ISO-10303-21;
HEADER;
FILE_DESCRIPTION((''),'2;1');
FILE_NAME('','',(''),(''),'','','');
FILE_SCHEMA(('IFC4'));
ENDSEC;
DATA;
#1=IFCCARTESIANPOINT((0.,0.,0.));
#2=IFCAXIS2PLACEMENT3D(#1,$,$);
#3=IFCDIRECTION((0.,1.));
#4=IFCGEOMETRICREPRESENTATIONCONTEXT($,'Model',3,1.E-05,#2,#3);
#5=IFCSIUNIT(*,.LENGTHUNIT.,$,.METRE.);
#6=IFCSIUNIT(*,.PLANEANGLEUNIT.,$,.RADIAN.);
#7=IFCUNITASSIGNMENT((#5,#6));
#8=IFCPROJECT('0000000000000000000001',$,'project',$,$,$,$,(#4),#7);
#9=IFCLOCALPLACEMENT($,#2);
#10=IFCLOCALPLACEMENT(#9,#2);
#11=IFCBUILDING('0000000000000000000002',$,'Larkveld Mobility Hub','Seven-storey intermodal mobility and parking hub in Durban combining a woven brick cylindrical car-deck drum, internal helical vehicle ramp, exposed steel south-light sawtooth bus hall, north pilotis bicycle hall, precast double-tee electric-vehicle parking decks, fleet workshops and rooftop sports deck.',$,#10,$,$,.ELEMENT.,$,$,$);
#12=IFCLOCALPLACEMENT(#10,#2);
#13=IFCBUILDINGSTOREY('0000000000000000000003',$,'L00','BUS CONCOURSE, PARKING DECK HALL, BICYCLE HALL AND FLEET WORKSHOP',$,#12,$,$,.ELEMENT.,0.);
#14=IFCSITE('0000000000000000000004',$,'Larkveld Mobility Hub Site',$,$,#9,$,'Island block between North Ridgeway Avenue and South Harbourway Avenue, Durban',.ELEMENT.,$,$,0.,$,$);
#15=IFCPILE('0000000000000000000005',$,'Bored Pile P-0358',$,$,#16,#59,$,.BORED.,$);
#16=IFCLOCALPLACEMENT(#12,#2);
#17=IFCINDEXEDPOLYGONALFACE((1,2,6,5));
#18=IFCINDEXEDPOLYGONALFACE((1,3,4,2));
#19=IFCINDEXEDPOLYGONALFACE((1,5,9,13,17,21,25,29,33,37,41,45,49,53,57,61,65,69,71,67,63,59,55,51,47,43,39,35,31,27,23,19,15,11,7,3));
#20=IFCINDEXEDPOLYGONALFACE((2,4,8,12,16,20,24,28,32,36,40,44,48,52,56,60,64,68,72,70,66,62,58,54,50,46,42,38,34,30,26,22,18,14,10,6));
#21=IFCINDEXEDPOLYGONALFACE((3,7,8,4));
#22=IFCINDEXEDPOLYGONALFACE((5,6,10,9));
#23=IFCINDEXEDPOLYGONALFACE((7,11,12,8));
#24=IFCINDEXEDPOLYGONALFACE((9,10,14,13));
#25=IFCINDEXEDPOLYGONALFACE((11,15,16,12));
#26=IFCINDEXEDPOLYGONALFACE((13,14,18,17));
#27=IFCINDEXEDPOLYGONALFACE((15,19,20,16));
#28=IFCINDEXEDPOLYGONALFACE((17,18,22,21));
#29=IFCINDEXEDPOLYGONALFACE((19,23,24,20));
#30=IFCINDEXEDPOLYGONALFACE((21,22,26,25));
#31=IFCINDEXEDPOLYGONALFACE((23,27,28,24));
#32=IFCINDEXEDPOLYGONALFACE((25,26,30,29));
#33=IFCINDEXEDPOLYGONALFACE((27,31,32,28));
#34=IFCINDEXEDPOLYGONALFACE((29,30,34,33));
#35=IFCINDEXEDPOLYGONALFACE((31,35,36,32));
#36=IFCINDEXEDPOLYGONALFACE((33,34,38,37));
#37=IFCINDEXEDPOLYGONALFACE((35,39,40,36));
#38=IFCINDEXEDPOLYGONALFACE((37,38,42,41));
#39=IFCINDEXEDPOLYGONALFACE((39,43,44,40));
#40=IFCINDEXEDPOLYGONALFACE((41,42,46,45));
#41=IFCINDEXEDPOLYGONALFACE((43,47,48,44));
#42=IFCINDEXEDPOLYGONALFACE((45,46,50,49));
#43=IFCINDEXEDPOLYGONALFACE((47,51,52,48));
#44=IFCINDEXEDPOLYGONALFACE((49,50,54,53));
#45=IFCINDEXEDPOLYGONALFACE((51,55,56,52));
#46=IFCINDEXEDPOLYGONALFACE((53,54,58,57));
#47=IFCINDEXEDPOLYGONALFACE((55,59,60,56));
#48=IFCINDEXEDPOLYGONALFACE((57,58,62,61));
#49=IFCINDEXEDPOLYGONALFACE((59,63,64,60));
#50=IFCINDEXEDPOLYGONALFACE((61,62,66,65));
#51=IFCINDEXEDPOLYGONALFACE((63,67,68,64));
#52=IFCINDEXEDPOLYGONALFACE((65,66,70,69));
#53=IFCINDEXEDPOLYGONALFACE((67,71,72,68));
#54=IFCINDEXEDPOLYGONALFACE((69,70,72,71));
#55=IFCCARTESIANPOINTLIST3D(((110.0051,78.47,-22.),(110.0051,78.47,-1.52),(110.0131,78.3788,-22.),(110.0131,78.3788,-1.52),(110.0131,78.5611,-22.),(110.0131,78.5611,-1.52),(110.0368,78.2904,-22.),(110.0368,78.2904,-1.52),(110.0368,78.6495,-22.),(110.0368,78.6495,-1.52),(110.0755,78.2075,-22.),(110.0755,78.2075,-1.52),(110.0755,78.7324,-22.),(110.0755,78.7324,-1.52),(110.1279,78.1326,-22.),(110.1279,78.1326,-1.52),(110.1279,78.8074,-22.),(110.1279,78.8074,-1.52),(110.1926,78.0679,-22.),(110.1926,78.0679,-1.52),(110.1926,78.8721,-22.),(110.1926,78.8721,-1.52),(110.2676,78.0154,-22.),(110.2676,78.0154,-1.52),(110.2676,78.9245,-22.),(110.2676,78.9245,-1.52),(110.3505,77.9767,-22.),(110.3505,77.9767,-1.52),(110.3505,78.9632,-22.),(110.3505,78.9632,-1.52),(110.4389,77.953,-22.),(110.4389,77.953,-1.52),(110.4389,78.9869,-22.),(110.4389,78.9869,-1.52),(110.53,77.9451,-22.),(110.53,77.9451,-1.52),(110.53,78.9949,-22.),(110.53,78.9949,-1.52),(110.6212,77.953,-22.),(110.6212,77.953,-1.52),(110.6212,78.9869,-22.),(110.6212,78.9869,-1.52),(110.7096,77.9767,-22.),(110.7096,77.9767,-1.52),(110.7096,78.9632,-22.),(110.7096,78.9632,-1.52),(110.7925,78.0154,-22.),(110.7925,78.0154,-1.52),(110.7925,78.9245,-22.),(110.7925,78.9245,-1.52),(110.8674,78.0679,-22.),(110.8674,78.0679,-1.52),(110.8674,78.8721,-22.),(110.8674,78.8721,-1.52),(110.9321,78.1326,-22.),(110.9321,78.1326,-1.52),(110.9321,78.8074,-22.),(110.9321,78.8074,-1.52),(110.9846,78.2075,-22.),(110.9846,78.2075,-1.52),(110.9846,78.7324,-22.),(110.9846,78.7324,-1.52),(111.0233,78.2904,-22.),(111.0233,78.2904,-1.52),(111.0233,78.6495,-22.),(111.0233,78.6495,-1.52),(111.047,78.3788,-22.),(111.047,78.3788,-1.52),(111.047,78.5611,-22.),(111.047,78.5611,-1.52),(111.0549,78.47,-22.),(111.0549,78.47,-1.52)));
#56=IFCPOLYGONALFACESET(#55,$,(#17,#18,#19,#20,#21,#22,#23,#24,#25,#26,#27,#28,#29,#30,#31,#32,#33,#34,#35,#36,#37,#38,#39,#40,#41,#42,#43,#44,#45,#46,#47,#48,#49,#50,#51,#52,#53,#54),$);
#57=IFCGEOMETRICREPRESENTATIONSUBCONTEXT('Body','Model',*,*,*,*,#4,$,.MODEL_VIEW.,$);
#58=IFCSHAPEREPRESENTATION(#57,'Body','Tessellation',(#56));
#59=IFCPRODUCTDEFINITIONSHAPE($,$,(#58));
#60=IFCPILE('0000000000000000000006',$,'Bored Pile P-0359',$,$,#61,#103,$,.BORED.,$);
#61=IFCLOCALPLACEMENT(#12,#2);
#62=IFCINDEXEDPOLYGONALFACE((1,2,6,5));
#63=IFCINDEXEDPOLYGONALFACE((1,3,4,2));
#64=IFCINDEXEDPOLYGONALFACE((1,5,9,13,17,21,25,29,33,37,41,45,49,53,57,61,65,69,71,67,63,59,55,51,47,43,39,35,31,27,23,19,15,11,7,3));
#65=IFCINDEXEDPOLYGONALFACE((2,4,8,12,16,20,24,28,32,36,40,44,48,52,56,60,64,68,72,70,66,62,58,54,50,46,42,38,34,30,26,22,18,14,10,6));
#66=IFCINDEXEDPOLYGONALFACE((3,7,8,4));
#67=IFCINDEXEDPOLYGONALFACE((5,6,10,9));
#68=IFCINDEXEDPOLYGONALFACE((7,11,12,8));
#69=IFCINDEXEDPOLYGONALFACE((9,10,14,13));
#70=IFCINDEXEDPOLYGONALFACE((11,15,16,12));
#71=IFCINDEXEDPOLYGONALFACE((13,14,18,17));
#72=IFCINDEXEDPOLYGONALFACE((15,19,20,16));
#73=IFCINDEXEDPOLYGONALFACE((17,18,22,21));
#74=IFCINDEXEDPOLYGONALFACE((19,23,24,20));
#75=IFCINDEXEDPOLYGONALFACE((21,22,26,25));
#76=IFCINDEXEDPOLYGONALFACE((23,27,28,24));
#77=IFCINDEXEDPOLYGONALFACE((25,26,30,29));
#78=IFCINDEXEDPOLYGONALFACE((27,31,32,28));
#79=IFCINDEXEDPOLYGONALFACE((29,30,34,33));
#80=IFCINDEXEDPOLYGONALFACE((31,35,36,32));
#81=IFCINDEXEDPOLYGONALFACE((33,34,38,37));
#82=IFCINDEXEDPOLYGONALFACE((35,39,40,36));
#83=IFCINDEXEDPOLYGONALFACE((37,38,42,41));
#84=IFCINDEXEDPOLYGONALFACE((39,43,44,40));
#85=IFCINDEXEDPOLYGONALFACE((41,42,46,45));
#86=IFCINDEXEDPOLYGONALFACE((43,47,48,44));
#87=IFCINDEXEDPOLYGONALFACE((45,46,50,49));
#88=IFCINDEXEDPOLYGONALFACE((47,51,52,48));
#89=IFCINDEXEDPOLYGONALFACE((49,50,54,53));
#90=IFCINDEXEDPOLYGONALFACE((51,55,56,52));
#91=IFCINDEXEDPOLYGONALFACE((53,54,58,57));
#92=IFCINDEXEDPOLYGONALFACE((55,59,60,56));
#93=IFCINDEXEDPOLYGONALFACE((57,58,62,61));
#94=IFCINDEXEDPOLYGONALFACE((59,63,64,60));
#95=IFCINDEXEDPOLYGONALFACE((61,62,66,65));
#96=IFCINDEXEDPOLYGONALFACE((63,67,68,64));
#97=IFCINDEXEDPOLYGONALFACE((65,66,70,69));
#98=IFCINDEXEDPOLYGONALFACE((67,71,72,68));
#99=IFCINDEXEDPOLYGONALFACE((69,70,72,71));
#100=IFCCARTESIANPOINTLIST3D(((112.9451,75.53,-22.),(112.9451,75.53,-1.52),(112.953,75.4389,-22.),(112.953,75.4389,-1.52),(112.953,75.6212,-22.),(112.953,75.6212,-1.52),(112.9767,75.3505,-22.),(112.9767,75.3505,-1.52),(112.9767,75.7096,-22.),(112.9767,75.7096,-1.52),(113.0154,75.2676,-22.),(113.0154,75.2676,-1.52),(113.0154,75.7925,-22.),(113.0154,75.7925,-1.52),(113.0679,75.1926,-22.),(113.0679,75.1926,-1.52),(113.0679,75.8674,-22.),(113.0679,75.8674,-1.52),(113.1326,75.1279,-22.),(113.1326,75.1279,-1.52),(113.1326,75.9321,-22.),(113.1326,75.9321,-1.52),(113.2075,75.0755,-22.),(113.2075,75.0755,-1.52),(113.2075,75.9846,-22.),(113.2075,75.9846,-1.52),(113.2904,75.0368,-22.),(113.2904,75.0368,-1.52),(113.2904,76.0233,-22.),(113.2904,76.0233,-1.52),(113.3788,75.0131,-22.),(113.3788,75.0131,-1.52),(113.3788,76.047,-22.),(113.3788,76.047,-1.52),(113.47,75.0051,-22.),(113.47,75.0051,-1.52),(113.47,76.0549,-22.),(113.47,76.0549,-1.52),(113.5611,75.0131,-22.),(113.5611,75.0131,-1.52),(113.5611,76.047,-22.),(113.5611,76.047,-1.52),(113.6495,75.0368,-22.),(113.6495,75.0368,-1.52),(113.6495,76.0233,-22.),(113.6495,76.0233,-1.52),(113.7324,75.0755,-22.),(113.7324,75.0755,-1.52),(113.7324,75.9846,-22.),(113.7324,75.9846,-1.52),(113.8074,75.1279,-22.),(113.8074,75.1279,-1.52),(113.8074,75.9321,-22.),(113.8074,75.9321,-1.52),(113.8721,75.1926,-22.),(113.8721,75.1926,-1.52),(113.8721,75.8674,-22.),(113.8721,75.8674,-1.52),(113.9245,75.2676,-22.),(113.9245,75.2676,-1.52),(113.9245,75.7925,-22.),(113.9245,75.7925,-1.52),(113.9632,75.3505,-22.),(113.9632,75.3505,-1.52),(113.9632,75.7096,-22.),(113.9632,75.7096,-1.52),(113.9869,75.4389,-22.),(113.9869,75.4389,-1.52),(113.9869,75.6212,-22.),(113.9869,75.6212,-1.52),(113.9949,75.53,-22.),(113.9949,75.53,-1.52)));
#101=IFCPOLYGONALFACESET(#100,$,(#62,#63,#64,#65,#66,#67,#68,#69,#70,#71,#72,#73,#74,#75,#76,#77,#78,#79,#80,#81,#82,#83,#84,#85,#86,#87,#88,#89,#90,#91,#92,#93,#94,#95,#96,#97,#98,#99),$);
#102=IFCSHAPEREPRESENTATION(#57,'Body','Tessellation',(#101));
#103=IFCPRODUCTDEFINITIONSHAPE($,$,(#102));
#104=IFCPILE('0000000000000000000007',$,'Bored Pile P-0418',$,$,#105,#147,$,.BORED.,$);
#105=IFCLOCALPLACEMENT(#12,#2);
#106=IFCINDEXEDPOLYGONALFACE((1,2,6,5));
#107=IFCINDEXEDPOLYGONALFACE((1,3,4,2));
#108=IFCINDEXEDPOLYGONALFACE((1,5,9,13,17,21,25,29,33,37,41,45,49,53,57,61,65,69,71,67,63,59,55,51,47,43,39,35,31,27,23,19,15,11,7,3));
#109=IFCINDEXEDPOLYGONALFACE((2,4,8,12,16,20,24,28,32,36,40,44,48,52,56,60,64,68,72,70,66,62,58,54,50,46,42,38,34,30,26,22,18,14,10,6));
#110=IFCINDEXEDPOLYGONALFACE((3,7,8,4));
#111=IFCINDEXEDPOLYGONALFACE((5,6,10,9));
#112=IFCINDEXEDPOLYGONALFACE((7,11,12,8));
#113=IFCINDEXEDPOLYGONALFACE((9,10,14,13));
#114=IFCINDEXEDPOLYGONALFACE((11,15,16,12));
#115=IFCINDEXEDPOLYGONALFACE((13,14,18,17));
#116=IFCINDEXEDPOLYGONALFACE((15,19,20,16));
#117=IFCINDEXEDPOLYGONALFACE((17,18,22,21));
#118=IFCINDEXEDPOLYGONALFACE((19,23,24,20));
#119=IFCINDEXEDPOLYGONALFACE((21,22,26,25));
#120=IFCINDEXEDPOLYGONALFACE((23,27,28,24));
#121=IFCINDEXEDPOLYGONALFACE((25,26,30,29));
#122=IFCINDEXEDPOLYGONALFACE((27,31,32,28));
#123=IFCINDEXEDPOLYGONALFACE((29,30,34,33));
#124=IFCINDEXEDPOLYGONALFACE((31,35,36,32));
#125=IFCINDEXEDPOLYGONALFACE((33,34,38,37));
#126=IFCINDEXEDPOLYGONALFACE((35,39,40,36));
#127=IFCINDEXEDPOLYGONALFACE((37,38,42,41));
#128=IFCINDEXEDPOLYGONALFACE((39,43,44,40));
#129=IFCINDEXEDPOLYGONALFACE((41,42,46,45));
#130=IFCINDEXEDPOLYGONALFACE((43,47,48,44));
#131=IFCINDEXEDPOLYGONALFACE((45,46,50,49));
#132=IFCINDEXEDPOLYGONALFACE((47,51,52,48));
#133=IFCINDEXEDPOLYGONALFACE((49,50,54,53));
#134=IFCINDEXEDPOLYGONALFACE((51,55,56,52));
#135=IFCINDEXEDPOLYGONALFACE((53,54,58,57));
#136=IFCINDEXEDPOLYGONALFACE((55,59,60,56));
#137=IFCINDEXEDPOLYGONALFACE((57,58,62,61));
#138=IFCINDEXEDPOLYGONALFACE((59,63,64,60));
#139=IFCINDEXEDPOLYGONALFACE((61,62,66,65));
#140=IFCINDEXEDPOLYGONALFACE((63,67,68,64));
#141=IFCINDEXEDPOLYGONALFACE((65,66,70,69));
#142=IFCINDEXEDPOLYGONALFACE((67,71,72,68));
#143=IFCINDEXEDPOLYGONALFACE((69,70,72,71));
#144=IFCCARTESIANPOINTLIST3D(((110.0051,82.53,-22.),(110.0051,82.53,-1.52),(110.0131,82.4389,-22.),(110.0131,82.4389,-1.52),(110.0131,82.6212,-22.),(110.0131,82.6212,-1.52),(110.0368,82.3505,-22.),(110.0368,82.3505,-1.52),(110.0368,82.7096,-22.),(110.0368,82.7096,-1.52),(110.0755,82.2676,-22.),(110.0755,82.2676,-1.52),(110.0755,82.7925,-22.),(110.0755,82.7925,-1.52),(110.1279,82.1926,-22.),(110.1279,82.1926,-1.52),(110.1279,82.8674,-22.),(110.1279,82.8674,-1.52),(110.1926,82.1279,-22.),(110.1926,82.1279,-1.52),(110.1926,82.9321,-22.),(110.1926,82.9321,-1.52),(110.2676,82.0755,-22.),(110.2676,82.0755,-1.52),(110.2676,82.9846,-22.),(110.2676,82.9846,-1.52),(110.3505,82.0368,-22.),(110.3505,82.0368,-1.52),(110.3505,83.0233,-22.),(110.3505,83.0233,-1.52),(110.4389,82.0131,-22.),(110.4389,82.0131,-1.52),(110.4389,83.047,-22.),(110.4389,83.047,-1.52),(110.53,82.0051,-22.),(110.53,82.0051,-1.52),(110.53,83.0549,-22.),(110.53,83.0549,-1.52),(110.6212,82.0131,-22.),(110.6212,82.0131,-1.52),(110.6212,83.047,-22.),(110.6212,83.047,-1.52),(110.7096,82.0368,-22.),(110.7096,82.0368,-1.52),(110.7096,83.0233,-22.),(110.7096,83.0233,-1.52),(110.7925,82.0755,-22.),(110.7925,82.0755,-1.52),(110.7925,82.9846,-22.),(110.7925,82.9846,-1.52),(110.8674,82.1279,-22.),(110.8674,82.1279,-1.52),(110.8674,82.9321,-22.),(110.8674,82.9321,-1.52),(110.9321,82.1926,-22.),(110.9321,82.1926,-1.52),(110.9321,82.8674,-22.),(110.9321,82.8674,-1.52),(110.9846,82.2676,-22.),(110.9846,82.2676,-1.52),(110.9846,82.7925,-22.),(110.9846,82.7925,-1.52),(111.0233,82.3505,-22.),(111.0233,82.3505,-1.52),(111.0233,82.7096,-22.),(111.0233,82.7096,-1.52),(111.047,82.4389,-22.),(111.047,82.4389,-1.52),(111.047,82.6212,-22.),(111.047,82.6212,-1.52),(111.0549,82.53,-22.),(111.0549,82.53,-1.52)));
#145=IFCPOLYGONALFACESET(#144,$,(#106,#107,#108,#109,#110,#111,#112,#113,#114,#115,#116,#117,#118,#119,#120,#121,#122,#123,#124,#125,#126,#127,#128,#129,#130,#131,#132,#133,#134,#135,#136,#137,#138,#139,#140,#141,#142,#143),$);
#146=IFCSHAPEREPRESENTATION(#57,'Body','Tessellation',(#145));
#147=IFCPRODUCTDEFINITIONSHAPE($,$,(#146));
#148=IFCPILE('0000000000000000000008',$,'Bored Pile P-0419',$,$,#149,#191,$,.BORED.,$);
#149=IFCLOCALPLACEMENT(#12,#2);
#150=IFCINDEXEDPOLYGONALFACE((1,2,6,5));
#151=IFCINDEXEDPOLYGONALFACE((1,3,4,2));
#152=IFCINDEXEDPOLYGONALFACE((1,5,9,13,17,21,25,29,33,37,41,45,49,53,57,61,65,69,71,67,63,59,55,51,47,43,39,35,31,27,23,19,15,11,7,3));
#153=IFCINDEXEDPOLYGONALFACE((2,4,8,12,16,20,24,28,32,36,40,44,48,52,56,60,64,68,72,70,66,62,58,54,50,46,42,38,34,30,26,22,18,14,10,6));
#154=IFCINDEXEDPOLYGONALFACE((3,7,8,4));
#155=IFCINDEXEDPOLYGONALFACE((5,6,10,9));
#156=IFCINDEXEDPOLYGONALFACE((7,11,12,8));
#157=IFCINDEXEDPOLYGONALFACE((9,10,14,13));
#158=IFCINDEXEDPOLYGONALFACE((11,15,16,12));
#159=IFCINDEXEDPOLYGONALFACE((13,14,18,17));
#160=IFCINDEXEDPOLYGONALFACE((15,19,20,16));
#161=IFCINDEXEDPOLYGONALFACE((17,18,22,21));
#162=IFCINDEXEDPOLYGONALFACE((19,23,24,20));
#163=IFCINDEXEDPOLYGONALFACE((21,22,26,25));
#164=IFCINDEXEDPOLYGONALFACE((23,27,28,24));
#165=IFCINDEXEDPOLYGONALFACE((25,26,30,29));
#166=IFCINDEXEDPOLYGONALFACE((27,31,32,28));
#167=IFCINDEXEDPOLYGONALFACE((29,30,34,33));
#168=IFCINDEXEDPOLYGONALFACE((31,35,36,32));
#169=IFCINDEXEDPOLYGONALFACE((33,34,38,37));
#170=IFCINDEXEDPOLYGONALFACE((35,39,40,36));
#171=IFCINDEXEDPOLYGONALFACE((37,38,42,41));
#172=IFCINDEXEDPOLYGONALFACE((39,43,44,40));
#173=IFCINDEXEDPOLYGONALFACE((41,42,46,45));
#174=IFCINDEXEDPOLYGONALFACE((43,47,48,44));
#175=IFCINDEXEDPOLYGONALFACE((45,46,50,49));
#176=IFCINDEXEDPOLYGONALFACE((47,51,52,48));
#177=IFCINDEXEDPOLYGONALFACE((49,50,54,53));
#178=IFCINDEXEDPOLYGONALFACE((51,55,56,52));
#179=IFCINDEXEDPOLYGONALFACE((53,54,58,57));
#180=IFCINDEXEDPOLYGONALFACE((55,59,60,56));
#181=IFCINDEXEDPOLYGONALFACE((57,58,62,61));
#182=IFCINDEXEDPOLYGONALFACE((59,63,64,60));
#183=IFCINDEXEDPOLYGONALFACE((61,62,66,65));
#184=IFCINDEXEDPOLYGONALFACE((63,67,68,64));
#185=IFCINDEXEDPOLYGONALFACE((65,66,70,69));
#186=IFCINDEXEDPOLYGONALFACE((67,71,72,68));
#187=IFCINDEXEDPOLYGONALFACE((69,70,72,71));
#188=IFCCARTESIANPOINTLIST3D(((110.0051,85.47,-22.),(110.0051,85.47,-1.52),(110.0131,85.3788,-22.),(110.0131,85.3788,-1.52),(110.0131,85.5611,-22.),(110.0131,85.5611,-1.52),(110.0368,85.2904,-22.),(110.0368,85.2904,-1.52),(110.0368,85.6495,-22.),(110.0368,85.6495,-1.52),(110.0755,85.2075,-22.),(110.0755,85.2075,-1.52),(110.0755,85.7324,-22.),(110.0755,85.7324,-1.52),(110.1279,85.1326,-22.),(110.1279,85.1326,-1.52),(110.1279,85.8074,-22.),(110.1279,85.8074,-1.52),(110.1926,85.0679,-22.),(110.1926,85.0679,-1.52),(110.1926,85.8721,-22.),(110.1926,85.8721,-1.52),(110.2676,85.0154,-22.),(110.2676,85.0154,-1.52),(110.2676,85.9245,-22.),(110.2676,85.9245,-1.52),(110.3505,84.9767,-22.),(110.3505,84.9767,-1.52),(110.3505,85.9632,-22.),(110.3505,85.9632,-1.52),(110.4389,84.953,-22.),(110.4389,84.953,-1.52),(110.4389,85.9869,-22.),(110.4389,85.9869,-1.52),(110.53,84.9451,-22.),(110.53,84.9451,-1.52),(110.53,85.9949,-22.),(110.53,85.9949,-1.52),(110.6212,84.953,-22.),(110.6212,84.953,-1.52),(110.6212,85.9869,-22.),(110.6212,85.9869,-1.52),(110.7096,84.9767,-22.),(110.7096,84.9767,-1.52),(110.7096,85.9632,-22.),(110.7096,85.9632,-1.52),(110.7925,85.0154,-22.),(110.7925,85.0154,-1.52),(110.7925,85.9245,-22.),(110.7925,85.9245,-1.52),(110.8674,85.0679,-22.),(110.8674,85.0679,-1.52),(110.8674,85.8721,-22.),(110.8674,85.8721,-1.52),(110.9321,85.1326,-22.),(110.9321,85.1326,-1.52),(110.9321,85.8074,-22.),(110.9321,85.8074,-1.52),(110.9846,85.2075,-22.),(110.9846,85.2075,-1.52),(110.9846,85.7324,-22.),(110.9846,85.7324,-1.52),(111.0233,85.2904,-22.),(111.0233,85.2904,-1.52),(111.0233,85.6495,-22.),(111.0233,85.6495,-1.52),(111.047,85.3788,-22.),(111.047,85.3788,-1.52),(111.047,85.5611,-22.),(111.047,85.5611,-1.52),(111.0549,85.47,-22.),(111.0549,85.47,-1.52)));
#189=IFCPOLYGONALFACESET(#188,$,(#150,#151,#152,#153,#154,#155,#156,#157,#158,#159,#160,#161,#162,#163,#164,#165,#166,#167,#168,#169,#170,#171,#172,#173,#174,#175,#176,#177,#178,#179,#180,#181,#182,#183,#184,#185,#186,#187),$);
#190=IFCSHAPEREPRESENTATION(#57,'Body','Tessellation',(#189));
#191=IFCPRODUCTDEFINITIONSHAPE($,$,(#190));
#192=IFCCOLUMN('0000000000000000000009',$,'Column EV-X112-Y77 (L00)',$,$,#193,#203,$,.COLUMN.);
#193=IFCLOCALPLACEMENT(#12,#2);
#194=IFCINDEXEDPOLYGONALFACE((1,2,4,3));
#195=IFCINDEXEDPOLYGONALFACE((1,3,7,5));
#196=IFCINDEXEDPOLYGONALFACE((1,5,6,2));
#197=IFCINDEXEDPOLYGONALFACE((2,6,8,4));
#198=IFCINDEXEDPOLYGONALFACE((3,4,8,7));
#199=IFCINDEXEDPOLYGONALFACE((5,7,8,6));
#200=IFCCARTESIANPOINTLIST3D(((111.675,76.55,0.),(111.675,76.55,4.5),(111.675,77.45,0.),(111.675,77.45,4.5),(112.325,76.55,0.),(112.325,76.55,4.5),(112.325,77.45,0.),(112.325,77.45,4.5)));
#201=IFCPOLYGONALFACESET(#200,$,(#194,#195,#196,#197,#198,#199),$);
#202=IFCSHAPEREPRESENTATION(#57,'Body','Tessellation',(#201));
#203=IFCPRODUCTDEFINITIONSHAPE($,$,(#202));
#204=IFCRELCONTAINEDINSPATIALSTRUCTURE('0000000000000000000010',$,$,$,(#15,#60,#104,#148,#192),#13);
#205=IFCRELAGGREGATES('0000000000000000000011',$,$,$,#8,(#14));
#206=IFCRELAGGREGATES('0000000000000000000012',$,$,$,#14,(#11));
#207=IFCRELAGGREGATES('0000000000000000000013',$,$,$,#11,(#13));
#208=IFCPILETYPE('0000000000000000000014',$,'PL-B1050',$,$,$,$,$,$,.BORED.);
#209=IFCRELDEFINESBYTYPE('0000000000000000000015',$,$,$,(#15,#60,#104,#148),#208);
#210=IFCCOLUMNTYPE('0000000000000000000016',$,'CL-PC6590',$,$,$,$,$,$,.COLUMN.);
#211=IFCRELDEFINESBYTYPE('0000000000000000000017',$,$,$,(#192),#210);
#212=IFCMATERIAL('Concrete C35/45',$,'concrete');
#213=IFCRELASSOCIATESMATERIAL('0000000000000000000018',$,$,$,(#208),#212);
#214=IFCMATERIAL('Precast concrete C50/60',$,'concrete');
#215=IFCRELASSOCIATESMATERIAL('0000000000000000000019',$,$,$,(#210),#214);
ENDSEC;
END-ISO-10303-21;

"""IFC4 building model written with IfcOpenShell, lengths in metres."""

from ifc_helpers import new_model, si_unit, direction, frame, origin, origin_2d, place, context, subcontext, project, spatial, rectangle, circle, extrude, material, material_profile, profile_set, type_object, element, save


model = new_model("IFC4")

# Units and contexts
model_context = context("Model", 3, precision=1e-05, world=origin(), true_north=direction((0.0, 1.0)))
body_context = subcontext(model_context, "Body", "Model", "MODEL_VIEW")
ifc_project = project(units=[si_unit("LENGTHUNIT", "METRE"), si_unit("PLANEANGLEUNIT", "RADIAN")], contexts=[model_context])

# Site, building, storey
site_placement = place(None, origin())
site = spatial("IfcSite", under=ifc_project, at=site_placement, Name="Larkveld Mobility Hub Site", LongName="Island block between North Ridgeway Avenue and South Harbourway Avenue, Durban", CompositionType="ELEMENT", RefElevation=0.0)
building_placement = place(site_placement, origin())
building = spatial("IfcBuilding", under=site, at=building_placement, Name="Larkveld Mobility Hub", Description="Seven-storey intermodal mobility and parking hub in Durban combining a woven brick cylindrical car-deck drum, internal helical vehicle ramp, exposed steel south-light sawtooth bus hall, north pilotis bicycle hall, precast double-tee electric-vehicle parking decks, fleet workshops and rooftop sports deck.", CompositionType="ELEMENT")
storey_placement = place(building_placement, origin())
storey = spatial("IfcBuildingStorey", under=building, at=storey_placement, Name="L00", Description="BUS CONCOURSE, PARKING DECK HALL, BICYCLE HALL AND FLEET WORKSHOP", CompositionType="ELEMENT", Elevation=0.0)

# Shared definitions
ifc_material_1 = material(Name="Concrete C35/45", Category="concrete")

# Piles
ifc_material_profile_1 = material_profile(ifc_material_1, circle(Radius=0.5249, at=origin_2d()), Name="PILE D1050")
ifc_profile_set_1 = profile_set([ifc_material_profile_1], Name="Concrete C35/45")
pile_type_1 = type_object("IfcPileType", Name="PL-B1050", PredefinedType="BORED", material=ifc_profile_set_1)
for number, where, z_axis, x_axis, name in (
    (1, (110.53, 78.47, -1.52), (0.0, 0.0, -1.0), (1.0, 0.0, 0.0), "Bored Pile P-0358"),
    (2, (113.47, 75.53, -1.52), (0.0, 0.0, -1.0), (1.0, 0.0, 0.0), "Bored Pile P-0359"),
    (3, (110.53, 82.53, -1.52), (0.0, 0.0, -1.0), (1.0, 0.0, 0.0), "Bored Pile P-0418"),
    (4, (110.53, 85.47, -1.52), (0.0, 0.0, -1.0), (1.0, 0.0, 0.0), "Bored Pile P-0419"),
):
    element("IfcPile", number, at=place(storey_placement, frame(where, z_axis=z_axis, x_axis=x_axis)), inside=storey, type_object=pile_type_1, Name=name, PredefinedType="BORED", context=body_context, shape_type="SweptSolid", body=[
        extrude(circle(Radius=0.5249, at=origin_2d()), origin(), (0.0, 0.0, 1.0), 20.48),
    ])

# Column
ifc_material_2 = material(Name="Precast concrete C50/60", Category="concrete")
ifc_material_profile_2 = material_profile(ifc_material_2, rectangle(XDim=0.6499, YDim=0.8999, at=origin_2d()), Name="RC COL 650x900")
ifc_profile_set_2 = profile_set([ifc_material_profile_2], Name="Precast concrete C50/60")
column_type = type_object("IfcColumnType", Name="CL-PC6590", PredefinedType="COLUMN", material=ifc_profile_set_2)
for number, where, z_axis, x_axis, name in (
    (5, (112.0, 77.0, 0.0), (0.0, 0.0, 1.0), (1.0, 0.0, 0.0), "Column EV-X112-Y77 (L00)"),
):
    element("IfcColumn", number, at=place(storey_placement, frame(where, z_axis=z_axis, x_axis=x_axis)), inside=storey, type_object=column_type, Name=name, PredefinedType="COLUMN", context=body_context, shape_type="SweptSolid", body=[
        extrude(rectangle(XDim=0.6499, YDim=0.8999, at=origin_2d()), origin(), (0.0, 0.0, 1.0), 4.5),
    ])

save(model, "model.ifc")
